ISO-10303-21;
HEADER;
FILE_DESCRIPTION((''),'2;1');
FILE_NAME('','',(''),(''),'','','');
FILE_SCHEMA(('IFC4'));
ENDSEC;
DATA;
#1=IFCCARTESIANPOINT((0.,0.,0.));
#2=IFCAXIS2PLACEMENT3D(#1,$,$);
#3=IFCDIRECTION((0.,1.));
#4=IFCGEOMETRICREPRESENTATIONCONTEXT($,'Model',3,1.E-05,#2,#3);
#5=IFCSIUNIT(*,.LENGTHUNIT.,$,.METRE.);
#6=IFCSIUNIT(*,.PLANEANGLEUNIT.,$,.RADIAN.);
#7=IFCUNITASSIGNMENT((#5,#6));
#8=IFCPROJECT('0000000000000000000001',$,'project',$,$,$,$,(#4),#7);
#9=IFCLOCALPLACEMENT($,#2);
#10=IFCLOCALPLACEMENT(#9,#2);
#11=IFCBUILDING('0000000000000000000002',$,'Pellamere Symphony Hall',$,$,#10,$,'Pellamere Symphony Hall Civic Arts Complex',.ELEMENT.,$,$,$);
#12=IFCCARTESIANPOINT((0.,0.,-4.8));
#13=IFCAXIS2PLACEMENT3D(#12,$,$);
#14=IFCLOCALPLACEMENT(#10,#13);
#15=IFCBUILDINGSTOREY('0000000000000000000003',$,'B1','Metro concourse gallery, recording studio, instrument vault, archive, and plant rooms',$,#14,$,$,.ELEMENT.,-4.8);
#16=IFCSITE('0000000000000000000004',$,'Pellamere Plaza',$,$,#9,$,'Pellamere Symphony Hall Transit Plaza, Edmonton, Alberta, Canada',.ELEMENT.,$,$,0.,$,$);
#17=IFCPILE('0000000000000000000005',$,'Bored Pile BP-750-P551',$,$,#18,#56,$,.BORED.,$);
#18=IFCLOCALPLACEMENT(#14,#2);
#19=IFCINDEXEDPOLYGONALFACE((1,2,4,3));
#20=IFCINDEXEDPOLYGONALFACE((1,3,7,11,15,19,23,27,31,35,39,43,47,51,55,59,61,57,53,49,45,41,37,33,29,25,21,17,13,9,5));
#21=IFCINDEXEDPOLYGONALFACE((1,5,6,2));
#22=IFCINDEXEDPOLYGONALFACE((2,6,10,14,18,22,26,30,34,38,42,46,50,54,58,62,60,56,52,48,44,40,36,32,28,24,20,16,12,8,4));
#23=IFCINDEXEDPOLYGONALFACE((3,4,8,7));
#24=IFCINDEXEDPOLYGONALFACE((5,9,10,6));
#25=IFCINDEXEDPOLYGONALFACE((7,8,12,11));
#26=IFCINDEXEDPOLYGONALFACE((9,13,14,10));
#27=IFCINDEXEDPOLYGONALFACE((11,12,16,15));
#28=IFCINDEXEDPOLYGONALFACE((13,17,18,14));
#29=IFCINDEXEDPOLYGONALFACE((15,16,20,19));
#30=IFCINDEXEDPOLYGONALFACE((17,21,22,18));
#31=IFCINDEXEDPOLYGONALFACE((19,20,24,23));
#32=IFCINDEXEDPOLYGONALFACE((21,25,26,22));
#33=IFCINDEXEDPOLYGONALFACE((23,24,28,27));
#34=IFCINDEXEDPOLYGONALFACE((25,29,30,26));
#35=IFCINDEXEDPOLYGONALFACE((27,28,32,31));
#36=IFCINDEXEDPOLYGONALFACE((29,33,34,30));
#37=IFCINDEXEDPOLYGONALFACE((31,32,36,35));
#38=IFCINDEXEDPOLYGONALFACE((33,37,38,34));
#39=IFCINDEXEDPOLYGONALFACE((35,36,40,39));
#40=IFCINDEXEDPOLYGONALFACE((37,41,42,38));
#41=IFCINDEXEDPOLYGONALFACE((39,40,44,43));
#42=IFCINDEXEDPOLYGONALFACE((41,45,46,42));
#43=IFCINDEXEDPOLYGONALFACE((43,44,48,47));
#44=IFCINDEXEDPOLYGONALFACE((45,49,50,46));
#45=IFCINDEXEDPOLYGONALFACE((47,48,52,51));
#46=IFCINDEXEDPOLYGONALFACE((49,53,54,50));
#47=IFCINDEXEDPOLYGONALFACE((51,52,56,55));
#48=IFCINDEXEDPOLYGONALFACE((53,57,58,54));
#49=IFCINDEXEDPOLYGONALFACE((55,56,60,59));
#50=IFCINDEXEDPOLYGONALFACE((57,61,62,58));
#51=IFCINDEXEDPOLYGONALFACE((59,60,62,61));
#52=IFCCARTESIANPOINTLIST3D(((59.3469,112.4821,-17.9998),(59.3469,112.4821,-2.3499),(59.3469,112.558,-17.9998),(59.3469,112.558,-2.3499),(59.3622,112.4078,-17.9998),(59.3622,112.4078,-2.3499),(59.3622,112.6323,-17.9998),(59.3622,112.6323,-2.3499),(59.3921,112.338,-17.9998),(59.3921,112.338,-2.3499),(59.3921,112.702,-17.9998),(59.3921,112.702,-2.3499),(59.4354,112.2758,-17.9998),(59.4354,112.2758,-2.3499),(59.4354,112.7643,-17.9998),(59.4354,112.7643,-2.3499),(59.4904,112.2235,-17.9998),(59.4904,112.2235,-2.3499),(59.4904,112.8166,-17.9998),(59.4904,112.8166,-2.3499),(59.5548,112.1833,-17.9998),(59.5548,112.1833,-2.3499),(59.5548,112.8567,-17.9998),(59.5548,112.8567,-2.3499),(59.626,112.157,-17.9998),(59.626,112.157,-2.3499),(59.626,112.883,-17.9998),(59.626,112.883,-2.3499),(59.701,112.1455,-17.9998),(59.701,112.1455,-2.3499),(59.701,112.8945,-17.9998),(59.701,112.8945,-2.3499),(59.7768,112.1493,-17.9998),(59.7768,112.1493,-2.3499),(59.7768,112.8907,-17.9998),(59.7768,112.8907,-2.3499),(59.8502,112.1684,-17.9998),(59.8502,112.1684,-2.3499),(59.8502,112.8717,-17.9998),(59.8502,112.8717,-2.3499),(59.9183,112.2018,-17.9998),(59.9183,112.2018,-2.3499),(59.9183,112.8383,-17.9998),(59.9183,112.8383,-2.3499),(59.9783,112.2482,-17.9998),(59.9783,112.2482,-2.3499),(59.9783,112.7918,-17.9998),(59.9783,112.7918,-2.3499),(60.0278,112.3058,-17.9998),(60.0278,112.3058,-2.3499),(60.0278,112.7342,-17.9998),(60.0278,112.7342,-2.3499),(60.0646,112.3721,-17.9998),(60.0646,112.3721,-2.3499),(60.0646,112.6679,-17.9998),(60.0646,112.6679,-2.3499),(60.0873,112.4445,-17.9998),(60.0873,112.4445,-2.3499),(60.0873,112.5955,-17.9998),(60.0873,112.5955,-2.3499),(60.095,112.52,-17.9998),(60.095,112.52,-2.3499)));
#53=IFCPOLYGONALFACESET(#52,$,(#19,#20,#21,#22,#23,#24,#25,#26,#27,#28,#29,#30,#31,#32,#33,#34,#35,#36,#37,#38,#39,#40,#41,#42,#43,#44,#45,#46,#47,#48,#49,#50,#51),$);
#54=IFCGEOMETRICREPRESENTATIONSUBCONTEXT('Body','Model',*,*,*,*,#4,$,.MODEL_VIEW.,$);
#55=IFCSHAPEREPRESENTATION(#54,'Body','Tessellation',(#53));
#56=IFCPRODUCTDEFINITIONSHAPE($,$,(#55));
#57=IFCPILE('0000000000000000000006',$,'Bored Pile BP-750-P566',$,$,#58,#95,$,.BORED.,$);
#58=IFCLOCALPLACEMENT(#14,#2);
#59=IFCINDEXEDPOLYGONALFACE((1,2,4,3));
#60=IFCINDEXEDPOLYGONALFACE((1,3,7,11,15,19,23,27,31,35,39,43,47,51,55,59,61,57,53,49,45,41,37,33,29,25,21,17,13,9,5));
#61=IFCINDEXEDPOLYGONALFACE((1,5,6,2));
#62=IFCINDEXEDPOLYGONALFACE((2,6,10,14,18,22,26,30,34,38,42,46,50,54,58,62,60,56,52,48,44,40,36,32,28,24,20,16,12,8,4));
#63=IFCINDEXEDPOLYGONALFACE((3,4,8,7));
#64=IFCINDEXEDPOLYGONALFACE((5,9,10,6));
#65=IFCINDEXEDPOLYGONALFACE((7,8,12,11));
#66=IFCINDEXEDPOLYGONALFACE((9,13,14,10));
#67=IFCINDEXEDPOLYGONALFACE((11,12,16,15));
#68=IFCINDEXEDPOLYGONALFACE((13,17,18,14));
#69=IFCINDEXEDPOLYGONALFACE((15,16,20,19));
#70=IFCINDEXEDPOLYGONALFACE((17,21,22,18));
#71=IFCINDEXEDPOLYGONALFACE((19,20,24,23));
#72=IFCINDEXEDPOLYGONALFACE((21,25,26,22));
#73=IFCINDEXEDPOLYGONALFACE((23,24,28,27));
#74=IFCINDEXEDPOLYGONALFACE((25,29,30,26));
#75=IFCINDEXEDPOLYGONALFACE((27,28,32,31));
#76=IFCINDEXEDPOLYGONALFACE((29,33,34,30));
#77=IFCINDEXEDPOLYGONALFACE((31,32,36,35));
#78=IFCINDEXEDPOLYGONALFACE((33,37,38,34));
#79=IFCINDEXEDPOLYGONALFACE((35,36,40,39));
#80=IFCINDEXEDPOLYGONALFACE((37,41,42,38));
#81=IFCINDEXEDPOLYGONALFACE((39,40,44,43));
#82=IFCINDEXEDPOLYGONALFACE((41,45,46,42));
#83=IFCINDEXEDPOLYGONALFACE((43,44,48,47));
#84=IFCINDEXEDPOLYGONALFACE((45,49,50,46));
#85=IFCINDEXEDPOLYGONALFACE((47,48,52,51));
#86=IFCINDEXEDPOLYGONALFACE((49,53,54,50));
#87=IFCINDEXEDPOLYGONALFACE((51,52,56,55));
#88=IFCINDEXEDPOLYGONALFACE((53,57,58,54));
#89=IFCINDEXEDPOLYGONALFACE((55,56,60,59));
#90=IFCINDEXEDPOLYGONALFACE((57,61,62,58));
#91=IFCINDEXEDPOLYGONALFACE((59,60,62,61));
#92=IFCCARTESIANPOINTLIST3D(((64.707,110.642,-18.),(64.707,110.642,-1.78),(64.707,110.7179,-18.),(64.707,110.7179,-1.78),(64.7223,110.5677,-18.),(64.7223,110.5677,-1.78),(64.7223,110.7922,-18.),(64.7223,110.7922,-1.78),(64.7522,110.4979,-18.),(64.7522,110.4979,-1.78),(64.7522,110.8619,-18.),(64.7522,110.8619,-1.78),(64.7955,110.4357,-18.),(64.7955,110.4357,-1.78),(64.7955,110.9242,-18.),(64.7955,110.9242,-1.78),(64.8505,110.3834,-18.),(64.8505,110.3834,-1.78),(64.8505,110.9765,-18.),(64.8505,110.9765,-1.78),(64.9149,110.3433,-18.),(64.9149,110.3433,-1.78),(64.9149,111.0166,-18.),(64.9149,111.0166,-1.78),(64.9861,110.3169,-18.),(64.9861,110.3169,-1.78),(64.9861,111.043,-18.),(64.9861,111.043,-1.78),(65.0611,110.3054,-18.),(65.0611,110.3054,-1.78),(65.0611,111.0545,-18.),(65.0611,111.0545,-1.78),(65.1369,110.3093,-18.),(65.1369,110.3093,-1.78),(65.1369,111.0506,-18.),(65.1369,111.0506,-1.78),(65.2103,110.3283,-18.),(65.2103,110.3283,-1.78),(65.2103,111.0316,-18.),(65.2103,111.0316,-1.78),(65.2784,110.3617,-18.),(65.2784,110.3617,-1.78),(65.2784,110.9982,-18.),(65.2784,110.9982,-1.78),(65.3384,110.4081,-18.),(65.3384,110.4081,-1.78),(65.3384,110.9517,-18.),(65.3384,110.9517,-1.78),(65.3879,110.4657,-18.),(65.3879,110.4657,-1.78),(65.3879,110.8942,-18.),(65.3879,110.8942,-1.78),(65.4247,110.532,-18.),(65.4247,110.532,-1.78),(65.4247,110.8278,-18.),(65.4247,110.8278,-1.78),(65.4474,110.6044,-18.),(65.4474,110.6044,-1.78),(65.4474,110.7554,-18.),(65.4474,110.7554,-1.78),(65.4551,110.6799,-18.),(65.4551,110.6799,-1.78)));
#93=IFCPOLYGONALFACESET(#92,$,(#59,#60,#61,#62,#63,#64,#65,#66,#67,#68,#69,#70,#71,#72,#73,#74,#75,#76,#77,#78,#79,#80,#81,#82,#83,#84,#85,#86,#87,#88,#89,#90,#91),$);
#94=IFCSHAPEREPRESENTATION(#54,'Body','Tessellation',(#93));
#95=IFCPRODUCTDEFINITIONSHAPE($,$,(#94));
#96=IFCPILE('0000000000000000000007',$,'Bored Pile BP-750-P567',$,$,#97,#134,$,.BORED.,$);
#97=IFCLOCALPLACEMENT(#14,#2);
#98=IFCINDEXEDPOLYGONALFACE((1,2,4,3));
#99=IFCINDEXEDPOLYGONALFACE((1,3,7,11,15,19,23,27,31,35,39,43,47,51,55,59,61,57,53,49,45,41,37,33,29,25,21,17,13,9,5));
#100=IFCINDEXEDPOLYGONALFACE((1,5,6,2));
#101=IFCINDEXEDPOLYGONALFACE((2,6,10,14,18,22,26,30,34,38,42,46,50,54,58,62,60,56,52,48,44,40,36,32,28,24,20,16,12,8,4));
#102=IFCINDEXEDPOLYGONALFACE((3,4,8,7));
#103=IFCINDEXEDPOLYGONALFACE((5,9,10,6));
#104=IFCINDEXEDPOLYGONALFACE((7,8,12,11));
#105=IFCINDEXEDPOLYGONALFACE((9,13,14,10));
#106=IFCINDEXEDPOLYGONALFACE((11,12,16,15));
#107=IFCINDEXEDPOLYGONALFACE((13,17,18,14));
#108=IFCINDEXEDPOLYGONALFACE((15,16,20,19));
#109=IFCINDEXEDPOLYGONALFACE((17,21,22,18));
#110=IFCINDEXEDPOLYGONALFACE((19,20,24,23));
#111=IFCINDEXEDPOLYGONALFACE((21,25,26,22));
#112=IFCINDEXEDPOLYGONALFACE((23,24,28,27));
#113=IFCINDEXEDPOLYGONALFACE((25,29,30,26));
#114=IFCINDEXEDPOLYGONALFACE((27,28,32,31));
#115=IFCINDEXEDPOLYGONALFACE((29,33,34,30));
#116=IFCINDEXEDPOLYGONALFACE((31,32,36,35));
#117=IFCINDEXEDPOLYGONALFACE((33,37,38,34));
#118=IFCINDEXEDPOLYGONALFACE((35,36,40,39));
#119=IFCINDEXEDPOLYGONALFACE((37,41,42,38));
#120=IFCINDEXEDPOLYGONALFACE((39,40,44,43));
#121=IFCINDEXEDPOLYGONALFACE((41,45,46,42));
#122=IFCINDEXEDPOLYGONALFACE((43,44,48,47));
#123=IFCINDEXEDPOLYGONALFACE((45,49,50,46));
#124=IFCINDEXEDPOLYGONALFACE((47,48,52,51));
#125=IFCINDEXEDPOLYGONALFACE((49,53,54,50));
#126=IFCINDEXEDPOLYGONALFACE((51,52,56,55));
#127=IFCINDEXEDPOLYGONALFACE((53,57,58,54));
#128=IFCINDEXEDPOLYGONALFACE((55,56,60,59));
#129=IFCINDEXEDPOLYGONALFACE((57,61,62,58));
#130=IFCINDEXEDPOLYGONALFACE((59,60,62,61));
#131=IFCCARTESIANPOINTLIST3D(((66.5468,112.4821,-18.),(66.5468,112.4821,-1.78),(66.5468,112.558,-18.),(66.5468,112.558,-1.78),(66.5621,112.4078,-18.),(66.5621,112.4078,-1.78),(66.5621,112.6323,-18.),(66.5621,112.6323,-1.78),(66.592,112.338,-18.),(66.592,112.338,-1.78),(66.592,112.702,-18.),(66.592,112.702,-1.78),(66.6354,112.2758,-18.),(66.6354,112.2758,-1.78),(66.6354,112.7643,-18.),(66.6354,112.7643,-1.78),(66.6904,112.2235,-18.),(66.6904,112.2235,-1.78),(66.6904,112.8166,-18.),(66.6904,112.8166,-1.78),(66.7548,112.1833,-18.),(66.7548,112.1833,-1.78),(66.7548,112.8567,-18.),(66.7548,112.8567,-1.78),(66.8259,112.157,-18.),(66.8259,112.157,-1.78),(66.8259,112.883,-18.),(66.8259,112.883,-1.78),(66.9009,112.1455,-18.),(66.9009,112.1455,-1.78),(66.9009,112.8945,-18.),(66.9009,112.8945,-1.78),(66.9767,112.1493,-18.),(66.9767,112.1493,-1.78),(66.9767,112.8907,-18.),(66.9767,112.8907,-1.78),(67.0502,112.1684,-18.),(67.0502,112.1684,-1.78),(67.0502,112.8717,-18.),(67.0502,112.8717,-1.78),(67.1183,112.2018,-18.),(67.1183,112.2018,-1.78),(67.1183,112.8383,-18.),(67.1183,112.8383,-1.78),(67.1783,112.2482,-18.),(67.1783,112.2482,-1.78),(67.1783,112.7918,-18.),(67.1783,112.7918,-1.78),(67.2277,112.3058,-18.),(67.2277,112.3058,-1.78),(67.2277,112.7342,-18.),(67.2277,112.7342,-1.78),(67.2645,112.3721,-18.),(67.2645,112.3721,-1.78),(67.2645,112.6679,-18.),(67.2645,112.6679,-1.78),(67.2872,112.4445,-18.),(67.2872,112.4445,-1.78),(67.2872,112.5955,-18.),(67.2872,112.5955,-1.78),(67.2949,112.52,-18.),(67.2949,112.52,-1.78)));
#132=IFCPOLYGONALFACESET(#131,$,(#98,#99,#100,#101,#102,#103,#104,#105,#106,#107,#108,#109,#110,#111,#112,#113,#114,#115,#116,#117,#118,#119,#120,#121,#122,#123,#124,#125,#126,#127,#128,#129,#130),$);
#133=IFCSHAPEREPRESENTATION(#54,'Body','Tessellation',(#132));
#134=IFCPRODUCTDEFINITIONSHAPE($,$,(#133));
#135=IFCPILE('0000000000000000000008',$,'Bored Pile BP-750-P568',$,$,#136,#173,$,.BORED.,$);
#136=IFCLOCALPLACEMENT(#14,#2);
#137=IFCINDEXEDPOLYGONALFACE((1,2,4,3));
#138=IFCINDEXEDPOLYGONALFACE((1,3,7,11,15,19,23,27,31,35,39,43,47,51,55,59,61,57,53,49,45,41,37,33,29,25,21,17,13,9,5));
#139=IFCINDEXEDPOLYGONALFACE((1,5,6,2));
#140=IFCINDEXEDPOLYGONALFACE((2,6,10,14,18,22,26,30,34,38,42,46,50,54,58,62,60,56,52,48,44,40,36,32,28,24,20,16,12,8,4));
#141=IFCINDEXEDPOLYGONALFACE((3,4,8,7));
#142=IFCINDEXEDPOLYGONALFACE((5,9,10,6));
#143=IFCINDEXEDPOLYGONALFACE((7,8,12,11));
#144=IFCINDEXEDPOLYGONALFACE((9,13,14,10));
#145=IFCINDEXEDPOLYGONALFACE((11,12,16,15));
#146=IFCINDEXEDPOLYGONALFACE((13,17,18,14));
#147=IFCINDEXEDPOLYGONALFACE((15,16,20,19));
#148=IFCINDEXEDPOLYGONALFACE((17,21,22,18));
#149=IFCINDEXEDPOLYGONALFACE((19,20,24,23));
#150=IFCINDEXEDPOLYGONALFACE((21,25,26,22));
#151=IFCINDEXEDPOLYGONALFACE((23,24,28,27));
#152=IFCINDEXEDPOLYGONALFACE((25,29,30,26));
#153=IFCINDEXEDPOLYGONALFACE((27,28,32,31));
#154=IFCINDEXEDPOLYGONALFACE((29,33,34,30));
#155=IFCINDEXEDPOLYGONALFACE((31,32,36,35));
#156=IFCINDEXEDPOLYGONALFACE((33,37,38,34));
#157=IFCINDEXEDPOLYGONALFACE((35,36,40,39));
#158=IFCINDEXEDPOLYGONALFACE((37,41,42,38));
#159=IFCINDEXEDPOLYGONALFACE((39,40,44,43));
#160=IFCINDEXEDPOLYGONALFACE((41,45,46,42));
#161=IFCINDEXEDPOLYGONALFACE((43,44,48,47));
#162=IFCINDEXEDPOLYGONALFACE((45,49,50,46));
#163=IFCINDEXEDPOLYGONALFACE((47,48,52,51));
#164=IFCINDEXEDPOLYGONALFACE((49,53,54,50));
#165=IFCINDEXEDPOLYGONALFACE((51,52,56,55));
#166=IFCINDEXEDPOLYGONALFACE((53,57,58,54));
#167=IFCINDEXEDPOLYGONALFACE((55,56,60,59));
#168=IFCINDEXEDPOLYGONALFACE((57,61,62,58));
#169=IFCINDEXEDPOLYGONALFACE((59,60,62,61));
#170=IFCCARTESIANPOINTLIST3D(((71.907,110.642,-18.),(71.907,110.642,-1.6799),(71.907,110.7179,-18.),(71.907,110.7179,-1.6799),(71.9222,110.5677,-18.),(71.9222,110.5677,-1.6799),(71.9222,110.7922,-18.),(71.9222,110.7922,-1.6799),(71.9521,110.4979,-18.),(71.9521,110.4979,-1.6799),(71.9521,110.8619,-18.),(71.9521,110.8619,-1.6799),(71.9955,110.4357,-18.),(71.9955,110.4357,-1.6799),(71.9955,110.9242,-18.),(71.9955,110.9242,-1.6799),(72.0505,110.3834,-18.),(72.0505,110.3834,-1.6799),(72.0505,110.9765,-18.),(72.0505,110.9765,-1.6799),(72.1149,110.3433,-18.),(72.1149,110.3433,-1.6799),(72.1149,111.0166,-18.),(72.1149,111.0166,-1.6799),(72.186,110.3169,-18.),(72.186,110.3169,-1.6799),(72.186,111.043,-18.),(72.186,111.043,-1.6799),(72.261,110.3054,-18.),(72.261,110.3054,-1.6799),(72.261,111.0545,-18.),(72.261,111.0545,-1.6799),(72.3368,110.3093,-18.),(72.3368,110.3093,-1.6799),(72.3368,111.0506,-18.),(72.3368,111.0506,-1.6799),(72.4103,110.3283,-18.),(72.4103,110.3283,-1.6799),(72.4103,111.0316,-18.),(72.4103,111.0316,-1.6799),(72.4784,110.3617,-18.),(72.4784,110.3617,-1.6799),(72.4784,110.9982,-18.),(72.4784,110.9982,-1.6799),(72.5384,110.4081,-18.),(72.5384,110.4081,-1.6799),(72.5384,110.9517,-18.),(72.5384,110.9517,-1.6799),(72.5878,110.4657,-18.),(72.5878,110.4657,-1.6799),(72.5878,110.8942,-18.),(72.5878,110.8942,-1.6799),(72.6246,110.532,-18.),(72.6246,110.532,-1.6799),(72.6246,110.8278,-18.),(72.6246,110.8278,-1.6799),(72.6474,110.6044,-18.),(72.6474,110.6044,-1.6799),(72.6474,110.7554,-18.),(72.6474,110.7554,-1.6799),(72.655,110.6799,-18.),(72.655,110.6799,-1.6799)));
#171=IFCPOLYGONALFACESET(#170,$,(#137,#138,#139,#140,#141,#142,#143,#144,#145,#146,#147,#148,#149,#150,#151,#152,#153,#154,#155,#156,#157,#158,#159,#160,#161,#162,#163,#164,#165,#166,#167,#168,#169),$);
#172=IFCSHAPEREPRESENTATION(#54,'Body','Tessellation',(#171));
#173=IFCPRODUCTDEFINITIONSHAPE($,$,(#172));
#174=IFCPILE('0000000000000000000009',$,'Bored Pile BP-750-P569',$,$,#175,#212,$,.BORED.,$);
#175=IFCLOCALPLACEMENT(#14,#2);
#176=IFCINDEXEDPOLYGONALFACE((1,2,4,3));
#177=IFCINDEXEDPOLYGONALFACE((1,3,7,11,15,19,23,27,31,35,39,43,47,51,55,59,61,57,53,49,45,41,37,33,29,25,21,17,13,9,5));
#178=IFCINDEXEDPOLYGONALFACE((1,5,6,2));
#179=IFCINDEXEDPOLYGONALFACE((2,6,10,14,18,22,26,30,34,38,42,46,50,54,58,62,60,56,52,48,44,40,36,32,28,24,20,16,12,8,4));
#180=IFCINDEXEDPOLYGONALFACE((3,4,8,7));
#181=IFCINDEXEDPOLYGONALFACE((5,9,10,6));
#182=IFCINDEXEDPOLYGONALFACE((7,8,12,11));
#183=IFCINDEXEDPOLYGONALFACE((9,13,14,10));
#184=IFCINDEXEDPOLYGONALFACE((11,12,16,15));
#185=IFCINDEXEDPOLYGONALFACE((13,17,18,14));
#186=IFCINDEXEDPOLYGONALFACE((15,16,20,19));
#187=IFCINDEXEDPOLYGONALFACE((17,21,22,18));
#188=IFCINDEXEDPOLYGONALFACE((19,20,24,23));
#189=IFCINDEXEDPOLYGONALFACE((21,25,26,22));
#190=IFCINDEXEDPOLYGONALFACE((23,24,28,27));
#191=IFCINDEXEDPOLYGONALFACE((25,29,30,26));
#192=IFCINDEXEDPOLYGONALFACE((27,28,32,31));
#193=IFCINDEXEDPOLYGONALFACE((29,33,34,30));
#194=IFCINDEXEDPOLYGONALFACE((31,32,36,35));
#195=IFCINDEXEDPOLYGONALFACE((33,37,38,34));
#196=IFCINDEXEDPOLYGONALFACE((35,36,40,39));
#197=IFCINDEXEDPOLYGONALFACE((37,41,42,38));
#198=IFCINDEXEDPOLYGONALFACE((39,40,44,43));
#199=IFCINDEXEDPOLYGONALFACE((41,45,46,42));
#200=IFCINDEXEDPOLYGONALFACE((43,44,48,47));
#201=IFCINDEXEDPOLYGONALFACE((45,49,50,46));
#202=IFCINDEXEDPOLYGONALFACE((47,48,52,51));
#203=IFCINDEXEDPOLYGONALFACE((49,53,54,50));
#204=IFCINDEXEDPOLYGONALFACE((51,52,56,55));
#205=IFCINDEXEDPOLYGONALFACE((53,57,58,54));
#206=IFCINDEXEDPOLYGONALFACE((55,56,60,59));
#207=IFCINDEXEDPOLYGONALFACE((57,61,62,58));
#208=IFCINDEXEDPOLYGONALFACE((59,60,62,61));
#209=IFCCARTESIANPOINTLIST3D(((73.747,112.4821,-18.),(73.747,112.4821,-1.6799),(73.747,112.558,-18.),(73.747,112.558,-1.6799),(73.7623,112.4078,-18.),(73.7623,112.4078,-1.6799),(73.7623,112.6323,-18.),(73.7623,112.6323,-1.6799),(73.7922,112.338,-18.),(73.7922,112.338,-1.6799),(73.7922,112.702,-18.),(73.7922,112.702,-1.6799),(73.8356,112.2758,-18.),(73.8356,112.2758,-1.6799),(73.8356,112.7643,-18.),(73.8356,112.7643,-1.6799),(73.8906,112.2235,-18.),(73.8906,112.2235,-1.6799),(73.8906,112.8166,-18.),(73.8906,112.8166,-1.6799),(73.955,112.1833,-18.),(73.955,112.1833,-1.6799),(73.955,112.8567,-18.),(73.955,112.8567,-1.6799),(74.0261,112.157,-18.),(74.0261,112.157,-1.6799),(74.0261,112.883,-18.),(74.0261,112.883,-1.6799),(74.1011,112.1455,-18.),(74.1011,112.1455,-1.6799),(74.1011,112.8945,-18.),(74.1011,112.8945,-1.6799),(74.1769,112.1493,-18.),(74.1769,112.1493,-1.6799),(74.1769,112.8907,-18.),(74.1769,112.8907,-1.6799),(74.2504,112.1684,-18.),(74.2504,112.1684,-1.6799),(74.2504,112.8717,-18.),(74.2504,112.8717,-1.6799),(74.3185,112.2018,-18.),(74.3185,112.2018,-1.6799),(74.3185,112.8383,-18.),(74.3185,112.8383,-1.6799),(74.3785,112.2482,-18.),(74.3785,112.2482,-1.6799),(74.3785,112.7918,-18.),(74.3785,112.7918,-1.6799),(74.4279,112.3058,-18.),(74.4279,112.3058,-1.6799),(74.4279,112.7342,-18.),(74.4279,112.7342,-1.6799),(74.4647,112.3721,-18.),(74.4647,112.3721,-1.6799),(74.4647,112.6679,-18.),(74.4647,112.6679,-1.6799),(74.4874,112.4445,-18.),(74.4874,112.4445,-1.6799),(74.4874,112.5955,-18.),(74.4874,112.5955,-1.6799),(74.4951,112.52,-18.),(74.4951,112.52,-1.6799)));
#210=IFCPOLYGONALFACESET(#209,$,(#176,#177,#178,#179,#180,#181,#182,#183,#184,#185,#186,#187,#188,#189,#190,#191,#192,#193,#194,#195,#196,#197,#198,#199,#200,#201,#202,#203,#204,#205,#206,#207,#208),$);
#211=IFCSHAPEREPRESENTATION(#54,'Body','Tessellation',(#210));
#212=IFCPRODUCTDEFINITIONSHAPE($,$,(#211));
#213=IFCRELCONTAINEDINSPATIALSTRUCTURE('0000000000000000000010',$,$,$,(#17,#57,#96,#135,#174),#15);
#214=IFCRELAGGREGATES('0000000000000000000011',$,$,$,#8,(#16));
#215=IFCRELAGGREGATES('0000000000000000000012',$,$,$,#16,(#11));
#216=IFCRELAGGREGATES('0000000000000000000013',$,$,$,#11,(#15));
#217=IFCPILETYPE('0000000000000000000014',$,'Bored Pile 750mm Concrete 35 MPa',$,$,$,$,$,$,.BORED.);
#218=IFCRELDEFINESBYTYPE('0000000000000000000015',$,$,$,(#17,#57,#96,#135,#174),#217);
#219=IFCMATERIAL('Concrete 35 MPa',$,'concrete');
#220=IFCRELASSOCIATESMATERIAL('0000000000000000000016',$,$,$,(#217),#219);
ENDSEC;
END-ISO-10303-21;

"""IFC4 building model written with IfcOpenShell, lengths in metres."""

from ifc_helpers import new_model, si_unit, direction, frame, origin, origin_2d, place, context, subcontext, project, spatial, circle, extrude, material, material_profile, profile_set, type_object, element, save


model = new_model("IFC4")

# Units and contexts
model_context = context("Model", 3, precision=1e-05, world=origin(), true_north=direction((0.0, 1.0)))
body_context = subcontext(model_context, "Body", "Model", "MODEL_VIEW")
ifc_project = project(units=[si_unit("LENGTHUNIT", "METRE"), si_unit("PLANEANGLEUNIT", "RADIAN")], contexts=[model_context])

# Site, building, storey
site_placement = place(None, origin())
site = spatial("IfcSite", under=ifc_project, at=site_placement, Name="Pellamere Plaza", LongName="Pellamere Symphony Hall Transit Plaza, Edmonton, Alberta, Canada", CompositionType="ELEMENT", RefElevation=0.0)
building_placement = place(site_placement, origin())
building = spatial("IfcBuilding", under=site, at=building_placement, Name="Pellamere Symphony Hall", LongName="Pellamere Symphony Hall Civic Arts Complex", CompositionType="ELEMENT")
storey_placement = place(building_placement, frame((0.0, 0.0, -4.8)))
storey = spatial("IfcBuildingStorey", under=building, at=storey_placement, Name="B1", Description="Metro concourse gallery, recording studio, instrument vault, archive, and plant rooms", CompositionType="ELEMENT", Elevation=-4.8)

# Piles
ifc_material_1 = material(Name="Concrete 35 MPa", Category="concrete")
ifc_material_profile_1 = material_profile(ifc_material_1, circle(Radius=0.375, at=origin_2d()), Name="PILE D750")
ifc_profile_set_1 = profile_set([ifc_material_profile_1], Name="Concrete 35 MPa")
pile_type = type_object("IfcPileType", Name="Bored Pile 750mm Concrete 35 MPa", PredefinedType="BORED", material=ifc_profile_set_1)
pile_placement = place(storey_placement, frame((59.72, 112.52, -2.3499), z_axis=(0.0, 0.0, -1.0), x_axis=(1.0, 0.0, 0.0)))
element("IfcPile", 1, at=pile_placement, inside=storey, type_object=pile_type, Name="Bored Pile BP-750-P551", PredefinedType="BORED", context=body_context, shape_type="SweptSolid", body=[
    extrude(circle(Radius=0.375, at=origin_2d()), origin(), (0.0, 0.0, 1.0), 15.6499),
])
for number, where, z_axis, x_axis, name in (
    (2, (65.0801, 110.6799, -1.78), (0.0, 0.0, -1.0), (1.0, 0.0, 0.0), "Bored Pile BP-750-P566"),
    (3, (66.9199, 112.52, -1.78), (0.0, 0.0, -1.0), (1.0, 0.0, 0.0), "Bored Pile BP-750-P567"),
):
    element("IfcPile", number, at=place(storey_placement, frame(where, z_axis=z_axis, x_axis=x_axis)), inside=storey, type_object=pile_type, Name=name, PredefinedType="BORED", context=body_context, shape_type="SweptSolid", body=[
        extrude(circle(Radius=0.375, at=origin_2d()), origin(), (0.0, 0.0, 1.0), 16.22),
    ])
for number, where, z_axis, x_axis, name in (
    (4, (72.28, 110.6799, -1.6799), (0.0, 0.0, -1.0), (1.0, 0.0, 0.0), "Bored Pile BP-750-P568"),
    (5, (74.1201, 112.52, -1.6799), (0.0, 0.0, -1.0), (1.0, 0.0, 0.0), "Bored Pile BP-750-P569"),
):
    element("IfcPile", number, at=place(storey_placement, frame(where, z_axis=z_axis, x_axis=x_axis)), inside=storey, type_object=pile_type, Name=name, PredefinedType="BORED", context=body_context, shape_type="SweptSolid", body=[
        extrude(circle(Radius=0.375, at=origin_2d()), origin(), (0.0, 0.0, 1.0), 16.3201),
    ])

save(model, "model.ifc")
